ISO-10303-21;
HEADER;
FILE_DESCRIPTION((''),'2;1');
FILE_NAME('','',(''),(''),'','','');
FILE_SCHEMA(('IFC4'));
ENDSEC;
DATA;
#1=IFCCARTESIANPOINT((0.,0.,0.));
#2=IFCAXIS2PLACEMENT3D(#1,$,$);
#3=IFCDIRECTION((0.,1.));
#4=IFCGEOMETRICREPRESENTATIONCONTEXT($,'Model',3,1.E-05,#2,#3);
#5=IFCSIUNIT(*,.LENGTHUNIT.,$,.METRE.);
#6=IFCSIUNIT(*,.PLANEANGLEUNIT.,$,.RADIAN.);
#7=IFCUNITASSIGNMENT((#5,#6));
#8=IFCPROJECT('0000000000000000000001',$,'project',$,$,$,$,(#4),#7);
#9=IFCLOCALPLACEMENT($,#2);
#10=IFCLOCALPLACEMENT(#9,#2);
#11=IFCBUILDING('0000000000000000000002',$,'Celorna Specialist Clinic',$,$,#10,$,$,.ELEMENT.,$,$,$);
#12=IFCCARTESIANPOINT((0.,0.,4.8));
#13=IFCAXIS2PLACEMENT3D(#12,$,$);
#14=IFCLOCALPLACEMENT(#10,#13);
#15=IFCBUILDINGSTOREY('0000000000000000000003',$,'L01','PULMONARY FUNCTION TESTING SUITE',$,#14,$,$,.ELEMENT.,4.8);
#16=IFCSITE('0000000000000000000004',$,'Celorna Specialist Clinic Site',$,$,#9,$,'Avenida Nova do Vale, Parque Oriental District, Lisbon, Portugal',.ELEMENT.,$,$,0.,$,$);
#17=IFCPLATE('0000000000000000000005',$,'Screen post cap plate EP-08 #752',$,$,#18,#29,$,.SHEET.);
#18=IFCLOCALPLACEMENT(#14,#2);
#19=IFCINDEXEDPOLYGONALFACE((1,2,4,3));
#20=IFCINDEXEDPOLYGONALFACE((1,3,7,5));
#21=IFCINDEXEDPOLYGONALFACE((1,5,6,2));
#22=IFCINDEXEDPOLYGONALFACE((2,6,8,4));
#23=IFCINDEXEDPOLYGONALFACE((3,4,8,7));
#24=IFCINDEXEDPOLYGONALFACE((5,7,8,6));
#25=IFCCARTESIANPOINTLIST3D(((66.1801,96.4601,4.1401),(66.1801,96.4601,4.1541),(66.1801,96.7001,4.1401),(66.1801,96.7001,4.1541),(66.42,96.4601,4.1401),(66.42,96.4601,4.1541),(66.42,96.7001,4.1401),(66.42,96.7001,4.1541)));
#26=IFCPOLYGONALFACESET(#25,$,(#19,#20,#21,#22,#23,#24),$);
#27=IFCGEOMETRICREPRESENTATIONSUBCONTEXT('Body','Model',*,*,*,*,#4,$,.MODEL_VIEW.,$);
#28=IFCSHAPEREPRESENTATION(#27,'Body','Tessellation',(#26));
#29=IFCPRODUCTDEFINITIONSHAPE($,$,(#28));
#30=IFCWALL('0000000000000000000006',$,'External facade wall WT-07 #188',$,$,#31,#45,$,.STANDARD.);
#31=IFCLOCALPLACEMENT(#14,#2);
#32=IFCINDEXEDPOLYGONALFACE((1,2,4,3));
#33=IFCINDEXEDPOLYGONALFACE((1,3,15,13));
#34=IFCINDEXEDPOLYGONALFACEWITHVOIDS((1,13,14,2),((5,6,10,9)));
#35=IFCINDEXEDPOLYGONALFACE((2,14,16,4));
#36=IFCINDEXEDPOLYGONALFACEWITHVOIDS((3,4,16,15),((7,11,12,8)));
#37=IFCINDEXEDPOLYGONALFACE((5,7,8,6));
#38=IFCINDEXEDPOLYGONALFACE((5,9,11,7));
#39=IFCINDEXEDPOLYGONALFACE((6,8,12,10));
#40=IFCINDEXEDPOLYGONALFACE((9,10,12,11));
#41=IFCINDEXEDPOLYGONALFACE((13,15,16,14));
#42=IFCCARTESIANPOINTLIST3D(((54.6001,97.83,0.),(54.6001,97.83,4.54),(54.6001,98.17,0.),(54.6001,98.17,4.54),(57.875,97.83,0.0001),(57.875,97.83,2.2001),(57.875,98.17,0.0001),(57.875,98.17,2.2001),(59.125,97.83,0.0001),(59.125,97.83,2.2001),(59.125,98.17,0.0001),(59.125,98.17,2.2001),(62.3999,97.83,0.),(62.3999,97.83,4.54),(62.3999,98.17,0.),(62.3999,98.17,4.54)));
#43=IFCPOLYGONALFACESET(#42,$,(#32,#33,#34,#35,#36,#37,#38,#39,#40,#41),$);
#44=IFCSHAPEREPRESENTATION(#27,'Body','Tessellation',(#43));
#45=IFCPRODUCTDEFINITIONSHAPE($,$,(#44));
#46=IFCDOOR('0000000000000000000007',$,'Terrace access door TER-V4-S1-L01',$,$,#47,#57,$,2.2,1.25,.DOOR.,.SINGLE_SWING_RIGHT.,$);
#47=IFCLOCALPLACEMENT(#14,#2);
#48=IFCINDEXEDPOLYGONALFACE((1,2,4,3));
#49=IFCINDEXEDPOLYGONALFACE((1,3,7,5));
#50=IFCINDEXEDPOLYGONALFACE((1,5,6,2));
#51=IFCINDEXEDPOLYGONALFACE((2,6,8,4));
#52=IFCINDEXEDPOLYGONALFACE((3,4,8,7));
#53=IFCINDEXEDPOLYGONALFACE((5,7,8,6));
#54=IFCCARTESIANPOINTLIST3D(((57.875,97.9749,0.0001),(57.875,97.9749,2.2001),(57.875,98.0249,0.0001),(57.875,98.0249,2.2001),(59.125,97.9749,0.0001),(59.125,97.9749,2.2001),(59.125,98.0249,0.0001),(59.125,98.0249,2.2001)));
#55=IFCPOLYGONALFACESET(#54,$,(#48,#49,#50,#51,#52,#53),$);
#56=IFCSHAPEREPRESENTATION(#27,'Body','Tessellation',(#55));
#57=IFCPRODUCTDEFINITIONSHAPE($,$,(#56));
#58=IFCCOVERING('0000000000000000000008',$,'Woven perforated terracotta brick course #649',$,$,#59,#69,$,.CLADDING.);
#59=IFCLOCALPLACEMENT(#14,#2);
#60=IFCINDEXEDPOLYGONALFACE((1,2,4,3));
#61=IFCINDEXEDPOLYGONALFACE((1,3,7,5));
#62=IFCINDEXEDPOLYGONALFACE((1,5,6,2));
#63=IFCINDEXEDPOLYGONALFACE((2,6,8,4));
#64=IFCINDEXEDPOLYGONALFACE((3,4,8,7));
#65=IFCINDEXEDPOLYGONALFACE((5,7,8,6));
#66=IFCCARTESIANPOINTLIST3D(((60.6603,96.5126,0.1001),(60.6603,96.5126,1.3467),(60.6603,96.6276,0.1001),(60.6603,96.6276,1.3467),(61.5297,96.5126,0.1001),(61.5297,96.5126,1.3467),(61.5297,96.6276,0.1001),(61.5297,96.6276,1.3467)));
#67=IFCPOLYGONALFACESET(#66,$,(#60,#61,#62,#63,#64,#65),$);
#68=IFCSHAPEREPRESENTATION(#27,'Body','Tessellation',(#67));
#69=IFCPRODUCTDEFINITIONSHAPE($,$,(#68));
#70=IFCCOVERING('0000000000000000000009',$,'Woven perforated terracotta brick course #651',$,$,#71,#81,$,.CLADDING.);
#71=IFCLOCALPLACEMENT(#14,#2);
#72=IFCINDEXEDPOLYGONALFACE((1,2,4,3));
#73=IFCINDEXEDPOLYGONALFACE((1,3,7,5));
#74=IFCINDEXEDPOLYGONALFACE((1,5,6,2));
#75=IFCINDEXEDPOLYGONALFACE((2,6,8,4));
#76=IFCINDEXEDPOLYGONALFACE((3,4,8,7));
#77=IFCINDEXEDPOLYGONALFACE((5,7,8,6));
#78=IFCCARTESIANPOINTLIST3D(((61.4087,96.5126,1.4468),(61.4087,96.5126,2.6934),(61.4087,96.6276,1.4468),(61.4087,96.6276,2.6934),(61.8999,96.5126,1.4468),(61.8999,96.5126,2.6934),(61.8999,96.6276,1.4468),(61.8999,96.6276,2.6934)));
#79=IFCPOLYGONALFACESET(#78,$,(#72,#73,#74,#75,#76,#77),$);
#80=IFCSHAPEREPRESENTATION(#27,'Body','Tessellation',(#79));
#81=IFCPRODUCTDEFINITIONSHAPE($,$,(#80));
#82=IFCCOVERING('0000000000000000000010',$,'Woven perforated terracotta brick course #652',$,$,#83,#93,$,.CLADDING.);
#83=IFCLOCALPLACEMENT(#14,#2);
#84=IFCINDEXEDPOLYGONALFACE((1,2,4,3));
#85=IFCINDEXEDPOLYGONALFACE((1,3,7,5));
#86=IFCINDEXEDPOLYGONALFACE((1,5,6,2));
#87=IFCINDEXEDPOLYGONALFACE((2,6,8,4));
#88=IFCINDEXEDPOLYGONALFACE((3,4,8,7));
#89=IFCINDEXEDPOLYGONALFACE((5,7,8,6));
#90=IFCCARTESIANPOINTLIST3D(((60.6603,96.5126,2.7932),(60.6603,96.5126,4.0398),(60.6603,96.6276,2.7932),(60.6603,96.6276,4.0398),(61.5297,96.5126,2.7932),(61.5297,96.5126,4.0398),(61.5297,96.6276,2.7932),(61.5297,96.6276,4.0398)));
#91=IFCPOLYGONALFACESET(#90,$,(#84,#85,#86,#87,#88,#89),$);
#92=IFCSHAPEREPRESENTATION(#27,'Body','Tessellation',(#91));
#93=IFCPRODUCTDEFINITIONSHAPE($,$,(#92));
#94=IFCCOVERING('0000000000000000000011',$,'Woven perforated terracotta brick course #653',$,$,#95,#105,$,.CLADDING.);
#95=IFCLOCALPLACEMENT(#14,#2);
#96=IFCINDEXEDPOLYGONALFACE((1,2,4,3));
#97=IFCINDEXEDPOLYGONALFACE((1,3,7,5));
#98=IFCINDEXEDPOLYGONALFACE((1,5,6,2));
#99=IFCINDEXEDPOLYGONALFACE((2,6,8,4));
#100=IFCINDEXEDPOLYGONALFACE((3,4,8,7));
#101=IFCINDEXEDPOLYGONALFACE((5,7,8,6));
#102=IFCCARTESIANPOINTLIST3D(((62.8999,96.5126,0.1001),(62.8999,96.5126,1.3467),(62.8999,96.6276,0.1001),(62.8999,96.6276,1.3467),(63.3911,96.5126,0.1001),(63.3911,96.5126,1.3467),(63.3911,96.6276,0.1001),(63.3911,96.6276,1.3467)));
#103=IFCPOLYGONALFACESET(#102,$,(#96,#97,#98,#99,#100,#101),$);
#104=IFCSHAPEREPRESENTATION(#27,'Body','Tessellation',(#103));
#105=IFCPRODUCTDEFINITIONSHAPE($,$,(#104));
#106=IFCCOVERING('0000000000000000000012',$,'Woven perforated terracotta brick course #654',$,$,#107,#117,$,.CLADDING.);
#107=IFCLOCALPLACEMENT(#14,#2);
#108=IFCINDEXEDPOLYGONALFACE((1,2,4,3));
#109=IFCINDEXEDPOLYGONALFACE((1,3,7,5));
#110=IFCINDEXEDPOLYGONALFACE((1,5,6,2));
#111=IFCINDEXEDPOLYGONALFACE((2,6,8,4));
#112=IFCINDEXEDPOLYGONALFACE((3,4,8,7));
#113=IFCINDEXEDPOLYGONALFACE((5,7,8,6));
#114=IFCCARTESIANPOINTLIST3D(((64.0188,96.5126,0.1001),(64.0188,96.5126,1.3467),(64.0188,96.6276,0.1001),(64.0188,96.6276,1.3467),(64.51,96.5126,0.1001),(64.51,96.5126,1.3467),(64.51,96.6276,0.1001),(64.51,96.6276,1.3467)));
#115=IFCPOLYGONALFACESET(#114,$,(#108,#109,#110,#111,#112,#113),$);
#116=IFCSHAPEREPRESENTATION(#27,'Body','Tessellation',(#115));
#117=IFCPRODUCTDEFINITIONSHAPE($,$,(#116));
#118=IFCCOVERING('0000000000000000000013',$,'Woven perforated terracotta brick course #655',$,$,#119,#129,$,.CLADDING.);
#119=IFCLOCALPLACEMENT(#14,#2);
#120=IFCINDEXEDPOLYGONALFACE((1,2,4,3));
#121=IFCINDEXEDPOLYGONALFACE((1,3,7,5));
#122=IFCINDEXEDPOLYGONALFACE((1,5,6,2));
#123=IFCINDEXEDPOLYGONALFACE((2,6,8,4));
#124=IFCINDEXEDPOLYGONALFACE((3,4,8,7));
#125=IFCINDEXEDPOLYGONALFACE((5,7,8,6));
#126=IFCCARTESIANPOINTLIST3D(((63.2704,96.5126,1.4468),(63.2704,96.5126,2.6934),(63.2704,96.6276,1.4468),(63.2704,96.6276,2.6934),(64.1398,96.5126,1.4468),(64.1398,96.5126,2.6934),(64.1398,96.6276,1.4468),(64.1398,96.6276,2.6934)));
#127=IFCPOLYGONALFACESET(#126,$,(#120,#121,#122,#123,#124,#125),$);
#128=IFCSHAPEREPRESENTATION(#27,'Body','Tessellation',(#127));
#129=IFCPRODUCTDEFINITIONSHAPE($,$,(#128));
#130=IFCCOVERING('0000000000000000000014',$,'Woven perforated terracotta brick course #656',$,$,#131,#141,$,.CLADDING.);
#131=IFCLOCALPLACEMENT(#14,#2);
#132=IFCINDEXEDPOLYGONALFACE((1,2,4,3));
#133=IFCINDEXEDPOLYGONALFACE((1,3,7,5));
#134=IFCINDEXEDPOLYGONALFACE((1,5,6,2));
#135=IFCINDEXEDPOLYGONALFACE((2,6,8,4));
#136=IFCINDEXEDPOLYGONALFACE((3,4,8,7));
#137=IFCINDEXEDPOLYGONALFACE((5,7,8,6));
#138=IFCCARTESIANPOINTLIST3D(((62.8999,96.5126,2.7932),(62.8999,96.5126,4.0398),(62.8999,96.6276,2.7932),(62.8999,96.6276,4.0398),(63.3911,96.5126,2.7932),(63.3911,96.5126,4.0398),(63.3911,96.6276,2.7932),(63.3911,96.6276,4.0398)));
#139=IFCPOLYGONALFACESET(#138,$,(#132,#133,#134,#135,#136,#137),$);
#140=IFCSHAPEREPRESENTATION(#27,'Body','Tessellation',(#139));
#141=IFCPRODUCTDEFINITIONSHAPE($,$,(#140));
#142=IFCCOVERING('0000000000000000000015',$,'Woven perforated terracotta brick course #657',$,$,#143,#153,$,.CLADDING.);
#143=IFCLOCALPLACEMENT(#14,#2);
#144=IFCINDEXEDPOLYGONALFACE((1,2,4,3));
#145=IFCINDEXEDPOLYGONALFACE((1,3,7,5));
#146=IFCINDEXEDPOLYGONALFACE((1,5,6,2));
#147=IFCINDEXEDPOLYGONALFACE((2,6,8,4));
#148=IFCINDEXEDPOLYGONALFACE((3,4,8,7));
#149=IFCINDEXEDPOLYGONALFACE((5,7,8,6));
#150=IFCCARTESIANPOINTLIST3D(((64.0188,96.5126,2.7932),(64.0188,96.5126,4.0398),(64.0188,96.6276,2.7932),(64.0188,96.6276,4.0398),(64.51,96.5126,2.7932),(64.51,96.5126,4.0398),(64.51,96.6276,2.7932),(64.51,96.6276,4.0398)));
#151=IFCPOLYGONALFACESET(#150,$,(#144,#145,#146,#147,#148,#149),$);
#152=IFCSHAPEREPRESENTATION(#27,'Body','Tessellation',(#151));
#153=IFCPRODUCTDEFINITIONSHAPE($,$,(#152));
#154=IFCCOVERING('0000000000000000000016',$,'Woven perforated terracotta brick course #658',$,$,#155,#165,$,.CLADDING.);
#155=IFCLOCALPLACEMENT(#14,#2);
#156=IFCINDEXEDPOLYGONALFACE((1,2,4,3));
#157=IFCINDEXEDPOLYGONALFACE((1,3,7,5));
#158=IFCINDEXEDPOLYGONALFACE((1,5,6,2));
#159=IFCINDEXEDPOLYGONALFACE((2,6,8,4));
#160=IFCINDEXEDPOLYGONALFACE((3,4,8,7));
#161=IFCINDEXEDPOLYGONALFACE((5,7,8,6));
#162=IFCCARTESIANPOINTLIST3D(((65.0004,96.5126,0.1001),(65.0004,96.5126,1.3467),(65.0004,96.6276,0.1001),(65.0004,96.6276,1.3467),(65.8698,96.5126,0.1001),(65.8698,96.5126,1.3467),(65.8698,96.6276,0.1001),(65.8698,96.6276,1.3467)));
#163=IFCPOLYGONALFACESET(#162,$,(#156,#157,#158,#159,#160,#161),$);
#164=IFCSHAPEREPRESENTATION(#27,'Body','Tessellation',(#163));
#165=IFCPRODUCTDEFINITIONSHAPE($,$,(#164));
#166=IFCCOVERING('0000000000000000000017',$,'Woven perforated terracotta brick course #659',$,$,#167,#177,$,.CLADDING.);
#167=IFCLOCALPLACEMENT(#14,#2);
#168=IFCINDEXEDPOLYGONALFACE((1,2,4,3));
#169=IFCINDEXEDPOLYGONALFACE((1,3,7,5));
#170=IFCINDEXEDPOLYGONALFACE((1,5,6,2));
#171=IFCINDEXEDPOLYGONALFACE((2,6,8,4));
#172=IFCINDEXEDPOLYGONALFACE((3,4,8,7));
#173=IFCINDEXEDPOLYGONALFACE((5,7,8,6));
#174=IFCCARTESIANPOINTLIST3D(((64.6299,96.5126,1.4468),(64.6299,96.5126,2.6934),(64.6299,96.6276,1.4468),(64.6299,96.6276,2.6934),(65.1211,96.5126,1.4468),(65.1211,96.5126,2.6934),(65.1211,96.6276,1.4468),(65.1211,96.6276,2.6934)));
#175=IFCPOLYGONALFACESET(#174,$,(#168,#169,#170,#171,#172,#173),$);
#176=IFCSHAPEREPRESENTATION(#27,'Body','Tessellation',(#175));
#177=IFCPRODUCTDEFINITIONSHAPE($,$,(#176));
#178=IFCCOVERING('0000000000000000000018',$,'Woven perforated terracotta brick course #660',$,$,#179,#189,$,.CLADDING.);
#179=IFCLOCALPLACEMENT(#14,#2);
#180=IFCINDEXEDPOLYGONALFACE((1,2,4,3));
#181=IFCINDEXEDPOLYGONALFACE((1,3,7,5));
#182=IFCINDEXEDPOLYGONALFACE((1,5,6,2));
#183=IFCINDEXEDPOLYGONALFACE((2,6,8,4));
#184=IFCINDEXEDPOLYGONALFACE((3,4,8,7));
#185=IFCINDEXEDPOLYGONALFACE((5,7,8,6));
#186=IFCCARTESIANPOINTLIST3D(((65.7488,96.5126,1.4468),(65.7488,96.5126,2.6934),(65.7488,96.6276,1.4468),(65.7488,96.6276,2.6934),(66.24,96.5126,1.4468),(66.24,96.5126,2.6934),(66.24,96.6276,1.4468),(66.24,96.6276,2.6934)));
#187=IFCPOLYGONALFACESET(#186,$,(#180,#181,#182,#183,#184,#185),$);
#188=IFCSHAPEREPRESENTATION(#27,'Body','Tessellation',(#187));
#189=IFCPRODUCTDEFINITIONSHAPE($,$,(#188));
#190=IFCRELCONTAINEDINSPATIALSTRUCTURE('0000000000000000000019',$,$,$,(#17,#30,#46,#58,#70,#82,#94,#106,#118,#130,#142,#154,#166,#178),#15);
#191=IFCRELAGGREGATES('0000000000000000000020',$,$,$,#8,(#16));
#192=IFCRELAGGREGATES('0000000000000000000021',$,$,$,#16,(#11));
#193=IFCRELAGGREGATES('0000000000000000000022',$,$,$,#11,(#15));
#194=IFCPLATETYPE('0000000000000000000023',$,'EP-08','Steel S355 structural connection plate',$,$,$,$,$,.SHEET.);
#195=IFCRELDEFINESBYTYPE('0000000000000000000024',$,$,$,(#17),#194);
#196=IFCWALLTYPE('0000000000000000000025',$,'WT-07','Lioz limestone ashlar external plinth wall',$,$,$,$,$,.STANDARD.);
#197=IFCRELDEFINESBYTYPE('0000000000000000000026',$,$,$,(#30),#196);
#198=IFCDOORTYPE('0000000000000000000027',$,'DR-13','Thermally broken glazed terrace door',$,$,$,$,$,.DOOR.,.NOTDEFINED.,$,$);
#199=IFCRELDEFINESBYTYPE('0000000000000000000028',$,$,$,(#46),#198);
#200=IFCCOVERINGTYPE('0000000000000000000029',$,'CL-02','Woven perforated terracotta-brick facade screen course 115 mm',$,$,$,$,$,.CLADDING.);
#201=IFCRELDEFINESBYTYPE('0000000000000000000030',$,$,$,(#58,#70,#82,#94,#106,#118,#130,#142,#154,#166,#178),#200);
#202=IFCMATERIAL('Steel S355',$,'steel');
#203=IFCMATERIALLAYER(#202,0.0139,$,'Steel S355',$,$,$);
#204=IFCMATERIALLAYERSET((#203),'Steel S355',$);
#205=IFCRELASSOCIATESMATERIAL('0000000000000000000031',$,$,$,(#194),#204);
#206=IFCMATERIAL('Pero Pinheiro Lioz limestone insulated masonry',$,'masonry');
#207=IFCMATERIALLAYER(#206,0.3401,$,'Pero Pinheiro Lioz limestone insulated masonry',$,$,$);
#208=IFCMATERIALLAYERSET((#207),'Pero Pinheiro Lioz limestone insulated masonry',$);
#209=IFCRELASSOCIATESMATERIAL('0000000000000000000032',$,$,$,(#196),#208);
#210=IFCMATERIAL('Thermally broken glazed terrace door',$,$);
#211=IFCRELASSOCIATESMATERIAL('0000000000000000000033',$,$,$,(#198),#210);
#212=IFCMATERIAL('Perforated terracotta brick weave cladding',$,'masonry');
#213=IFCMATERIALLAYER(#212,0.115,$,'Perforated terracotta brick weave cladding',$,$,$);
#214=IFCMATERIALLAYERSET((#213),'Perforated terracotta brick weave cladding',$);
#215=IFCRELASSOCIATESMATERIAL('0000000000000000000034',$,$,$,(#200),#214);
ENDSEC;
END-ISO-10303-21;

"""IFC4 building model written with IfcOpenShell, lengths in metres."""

from ifc_helpers import new_model, si_unit, direction, frame, frame_2d, origin, origin_2d, place, context, subcontext, project, spatial, rectangle, extrude, material, layer, layer_set, type_object, element, fill, save


model = new_model("IFC4")

# Units and contexts
model_context = context("Model", 3, precision=1e-05, world=origin(), true_north=direction((0.0, 1.0)))
body_context = subcontext(model_context, "Body", "Model", "MODEL_VIEW")
ifc_project = project(units=[si_unit("LENGTHUNIT", "METRE"), si_unit("PLANEANGLEUNIT", "RADIAN")], contexts=[model_context])

# Site, building, storey
site_placement = place(None, origin())
site = spatial("IfcSite", under=ifc_project, at=site_placement, Name="Celorna Specialist Clinic Site", LongName="Avenida Nova do Vale, Parque Oriental District, Lisbon, Portugal", CompositionType="ELEMENT", RefElevation=0.0)
building_placement = place(site_placement, origin())
building = spatial("IfcBuilding", under=site, at=building_placement, Name="Celorna Specialist Clinic", CompositionType="ELEMENT")
storey_placement = place(building_placement, frame((0.0, 0.0, 4.8)))
storey = spatial("IfcBuildingStorey", under=building, at=storey_placement, Name="L01", Description="PULMONARY FUNCTION TESTING SUITE", CompositionType="ELEMENT", Elevation=4.8)

# Shared definitions
ifc_material_1 = material(Name="Steel S355", Category="steel")

# Plate
ifc_layer_1 = layer(ifc_material_1, 0.0139, Name="Steel S355")
ifc_layer_set_1 = layer_set([ifc_layer_1], Name="Steel S355")
plate_type_1 = type_object("IfcPlateType", Name="EP-08", Description="Steel S355 structural connection plate", PredefinedType="SHEET", material=ifc_layer_set_1)
plate_1_placement = place(storey_placement, frame((66.3, 96.5801, 4.1401), z_axis=(0.0, 0.0, 1.0), x_axis=(1.0, 0.0, 0.0)))
element("IfcPlate", 1, at=plate_1_placement, inside=storey, type_object=plate_type_1, Name="Screen post cap plate EP-08 #752", PredefinedType="SHEET", context=body_context, shape_type="SweptSolid", body=[
    extrude(rectangle(XDim=0.24, YDim=0.24, at=origin_2d()), origin(), (0.0, 0.0, 1.0), 0.0139),
])

# Wall, opening, door
ifc_material_2 = material(Name="Pero Pinheiro Lioz limestone insulated masonry", Category="masonry")
ifc_layer_2 = layer(ifc_material_2, 0.3401, Name="Pero Pinheiro Lioz limestone insulated masonry")
ifc_layer_set_2 = layer_set([ifc_layer_2], Name="Pero Pinheiro Lioz limestone insulated masonry")
wall_type = type_object("IfcWallType", Name="WT-07", Description="Lioz limestone ashlar external plinth wall", PredefinedType="STANDARD", material=ifc_layer_set_2)
wall_placement = place(storey_placement, frame((62.3999, 98.0, 0.0), z_axis=(0.0, 0.0, 1.0), x_axis=(-1.0, 0.0, 0.0)))
wall = element("IfcWall", 2, at=wall_placement, inside=storey, type_object=wall_type, Name="External facade wall WT-07 #188", PredefinedType="STANDARD", context=body_context, shape_type="SweptSolid", body=[
    extrude(rectangle(XDim=7.7998, YDim=0.3401, at=frame_2d((3.8999, 0.0))), origin(), (0.0, 0.0, 1.0), 4.54),
])
opening_placement = place(wall_placement, frame((3.2749, 0.0, 0.0)))
opening = element("IfcOpeningElement", 3, at=opening_placement, cuts=wall, PredefinedType="OPENING", context=body_context, shape_type="SweptSolid", body=[
    extrude(rectangle(XDim=1.25, YDim=2.2, at=frame_2d((0.625, 1.1001))), frame((0.0, 0.1799, 0.0), z_axis=(0.0, -1.0, 0.0), x_axis=(1.0, 0.0, 0.0)), (0.0, 0.0, 1.0), 0.3601),
])
ifc_material_3 = material(Name="Thermally broken glazed terrace door")
door_type = type_object("IfcDoorType", Name="DR-13", Description="Thermally broken glazed terrace door", OperationType="NOTDEFINED", PredefinedType="DOOR", material=ifc_material_3)
door_placement = place(opening_placement, frame((1.25, 0.0, 0.0), z_axis=(0.0, 0.0, 1.0), x_axis=(-1.0, 0.0, 0.0)))
door = element("IfcDoor", 4, at=door_placement, inside=storey, type_object=door_type, Name="Terrace access door TER-V4-S1-L01", OperationType="SINGLE_SWING_RIGHT", OverallHeight=2.2, OverallWidth=1.25, PredefinedType="DOOR", context=body_context, shape_type="SweptSolid", body=[
    extrude(rectangle(XDim=1.25, YDim=2.2, at=frame_2d((0.625, 1.1001))), frame((0.0, 0.0249, 0.0), z_axis=(0.0, -1.0, 0.0), x_axis=(1.0, 0.0, 0.0)), (0.0, 0.0, 1.0), 0.05),
])
fill(opening, door)

# Coverings
ifc_material_4 = material(Name="Perforated terracotta brick weave cladding", Category="masonry")
ifc_layer_3 = layer(ifc_material_4, 0.115, Name="Perforated terracotta brick weave cladding")
ifc_layer_set_3 = layer_set([ifc_layer_3], Name="Perforated terracotta brick weave cladding")
covering_type = type_object("IfcCoveringType", Name="CL-02", Description="Woven perforated terracotta-brick facade screen course 115 mm", PredefinedType="CLADDING", material=ifc_layer_set_3)
covering_1_placement = place(storey_placement, frame((61.095, 96.5701, 0.1001), z_axis=(0.0, 0.0, 1.0), x_axis=(1.0, 0.0, 0.0)))
element("IfcCovering", 5, at=covering_1_placement, inside=storey, type_object=covering_type, Name="Woven perforated terracotta brick course #649", PredefinedType="CLADDING", context=body_context, shape_type="SweptSolid", body=[
    extrude(rectangle(XDim=0.8694, YDim=0.115, at=origin_2d()), origin(), (0.0, 0.0, 1.0), 1.2466),
])
covering_2_placement = place(storey_placement, frame((61.6543, 96.5701, 1.4468), z_axis=(0.0, 0.0, 1.0), x_axis=(1.0, 0.0, 0.0)))
element("IfcCovering", 6, at=covering_2_placement, inside=storey, type_object=covering_type, Name="Woven perforated terracotta brick course #651", PredefinedType="CLADDING", context=body_context, shape_type="SweptSolid", body=[
    extrude(rectangle(XDim=0.4912, YDim=0.115, at=origin_2d()), origin(), (0.0, 0.0, 1.0), 1.2466),
])
covering_3_placement = place(storey_placement, frame((61.095, 96.5701, 2.7932), z_axis=(0.0, 0.0, 1.0), x_axis=(1.0, 0.0, 0.0)))
element("IfcCovering", 7, at=covering_3_placement, inside=storey, type_object=covering_type, Name="Woven perforated terracotta brick course #652", PredefinedType="CLADDING", context=body_context, shape_type="SweptSolid", body=[
    extrude(rectangle(XDim=0.8694, YDim=0.115, at=origin_2d()), origin(), (0.0, 0.0, 1.0), 1.2466),
])
for number, where, z_axis, x_axis, name in (
    (8, (63.1455, 96.5701, 0.1001), (0.0, 0.0, 1.0), (1.0, 0.0, 0.0), "Woven perforated terracotta brick course #653"),
    (9, (64.2644, 96.5701, 0.1001), (0.0, 0.0, 1.0), (1.0, 0.0, 0.0), "Woven perforated terracotta brick course #654"),
):
    element("IfcCovering", number, at=place(storey_placement, frame(where, z_axis=z_axis, x_axis=x_axis)), inside=storey, type_object=covering_type, Name=name, PredefinedType="CLADDING", context=body_context, shape_type="SweptSolid", body=[
        extrude(rectangle(XDim=0.4912, YDim=0.115, at=origin_2d()), origin(), (0.0, 0.0, 1.0), 1.2466),
    ])
covering_4_placement = place(storey_placement, frame((63.7051, 96.5701, 1.4468), z_axis=(0.0, 0.0, 1.0), x_axis=(1.0, 0.0, 0.0)))
element("IfcCovering", 10, at=covering_4_placement, inside=storey, type_object=covering_type, Name="Woven perforated terracotta brick course #655", PredefinedType="CLADDING", context=body_context, shape_type="SweptSolid", body=[
    extrude(rectangle(XDim=0.8694, YDim=0.115, at=origin_2d()), origin(), (0.0, 0.0, 1.0), 1.2466),
])
for number, where, z_axis, x_axis, name in (
    (11, (63.1455, 96.5701, 2.7932), (0.0, 0.0, 1.0), (1.0, 0.0, 0.0), "Woven perforated terracotta brick course #656"),
    (12, (64.2644, 96.5701, 2.7932), (0.0, 0.0, 1.0), (1.0, 0.0, 0.0), "Woven perforated terracotta brick course #657"),
):
    element("IfcCovering", number, at=place(storey_placement, frame(where, z_axis=z_axis, x_axis=x_axis)), inside=storey, type_object=covering_type, Name=name, PredefinedType="CLADDING", context=body_context, shape_type="SweptSolid", body=[
        extrude(rectangle(XDim=0.4912, YDim=0.115, at=origin_2d()), origin(), (0.0, 0.0, 1.0), 1.2466),
    ])
covering_5_placement = place(storey_placement, frame((65.4351, 96.5701, 0.1001), z_axis=(0.0, 0.0, 1.0), x_axis=(1.0, 0.0, 0.0)))
element("IfcCovering", 13, at=covering_5_placement, inside=storey, type_object=covering_type, Name="Woven perforated terracotta brick course #658", PredefinedType="CLADDING", context=body_context, shape_type="SweptSolid", body=[
    extrude(rectangle(XDim=0.8694, YDim=0.115, at=origin_2d()), origin(), (0.0, 0.0, 1.0), 1.2466),
])
for number, where, z_axis, x_axis, name in (
    (14, (64.8755, 96.5701, 1.4468), (0.0, 0.0, 1.0), (1.0, 0.0, 0.0), "Woven perforated terracotta brick course #659"),
    (15, (65.9944, 96.5701, 1.4468), (0.0, 0.0, 1.0), (1.0, 0.0, 0.0), "Woven perforated terracotta brick course #660"),
):
    element("IfcCovering", number, at=place(storey_placement, frame(where, z_axis=z_axis, x_axis=x_axis)), inside=storey, type_object=covering_type, Name=name, PredefinedType="CLADDING", context=body_context, shape_type="SweptSolid", body=[
        extrude(rectangle(XDim=0.4912, YDim=0.115, at=origin_2d()), origin(), (0.0, 0.0, 1.0), 1.2466),
    ])

save(model, "model.ifc")
